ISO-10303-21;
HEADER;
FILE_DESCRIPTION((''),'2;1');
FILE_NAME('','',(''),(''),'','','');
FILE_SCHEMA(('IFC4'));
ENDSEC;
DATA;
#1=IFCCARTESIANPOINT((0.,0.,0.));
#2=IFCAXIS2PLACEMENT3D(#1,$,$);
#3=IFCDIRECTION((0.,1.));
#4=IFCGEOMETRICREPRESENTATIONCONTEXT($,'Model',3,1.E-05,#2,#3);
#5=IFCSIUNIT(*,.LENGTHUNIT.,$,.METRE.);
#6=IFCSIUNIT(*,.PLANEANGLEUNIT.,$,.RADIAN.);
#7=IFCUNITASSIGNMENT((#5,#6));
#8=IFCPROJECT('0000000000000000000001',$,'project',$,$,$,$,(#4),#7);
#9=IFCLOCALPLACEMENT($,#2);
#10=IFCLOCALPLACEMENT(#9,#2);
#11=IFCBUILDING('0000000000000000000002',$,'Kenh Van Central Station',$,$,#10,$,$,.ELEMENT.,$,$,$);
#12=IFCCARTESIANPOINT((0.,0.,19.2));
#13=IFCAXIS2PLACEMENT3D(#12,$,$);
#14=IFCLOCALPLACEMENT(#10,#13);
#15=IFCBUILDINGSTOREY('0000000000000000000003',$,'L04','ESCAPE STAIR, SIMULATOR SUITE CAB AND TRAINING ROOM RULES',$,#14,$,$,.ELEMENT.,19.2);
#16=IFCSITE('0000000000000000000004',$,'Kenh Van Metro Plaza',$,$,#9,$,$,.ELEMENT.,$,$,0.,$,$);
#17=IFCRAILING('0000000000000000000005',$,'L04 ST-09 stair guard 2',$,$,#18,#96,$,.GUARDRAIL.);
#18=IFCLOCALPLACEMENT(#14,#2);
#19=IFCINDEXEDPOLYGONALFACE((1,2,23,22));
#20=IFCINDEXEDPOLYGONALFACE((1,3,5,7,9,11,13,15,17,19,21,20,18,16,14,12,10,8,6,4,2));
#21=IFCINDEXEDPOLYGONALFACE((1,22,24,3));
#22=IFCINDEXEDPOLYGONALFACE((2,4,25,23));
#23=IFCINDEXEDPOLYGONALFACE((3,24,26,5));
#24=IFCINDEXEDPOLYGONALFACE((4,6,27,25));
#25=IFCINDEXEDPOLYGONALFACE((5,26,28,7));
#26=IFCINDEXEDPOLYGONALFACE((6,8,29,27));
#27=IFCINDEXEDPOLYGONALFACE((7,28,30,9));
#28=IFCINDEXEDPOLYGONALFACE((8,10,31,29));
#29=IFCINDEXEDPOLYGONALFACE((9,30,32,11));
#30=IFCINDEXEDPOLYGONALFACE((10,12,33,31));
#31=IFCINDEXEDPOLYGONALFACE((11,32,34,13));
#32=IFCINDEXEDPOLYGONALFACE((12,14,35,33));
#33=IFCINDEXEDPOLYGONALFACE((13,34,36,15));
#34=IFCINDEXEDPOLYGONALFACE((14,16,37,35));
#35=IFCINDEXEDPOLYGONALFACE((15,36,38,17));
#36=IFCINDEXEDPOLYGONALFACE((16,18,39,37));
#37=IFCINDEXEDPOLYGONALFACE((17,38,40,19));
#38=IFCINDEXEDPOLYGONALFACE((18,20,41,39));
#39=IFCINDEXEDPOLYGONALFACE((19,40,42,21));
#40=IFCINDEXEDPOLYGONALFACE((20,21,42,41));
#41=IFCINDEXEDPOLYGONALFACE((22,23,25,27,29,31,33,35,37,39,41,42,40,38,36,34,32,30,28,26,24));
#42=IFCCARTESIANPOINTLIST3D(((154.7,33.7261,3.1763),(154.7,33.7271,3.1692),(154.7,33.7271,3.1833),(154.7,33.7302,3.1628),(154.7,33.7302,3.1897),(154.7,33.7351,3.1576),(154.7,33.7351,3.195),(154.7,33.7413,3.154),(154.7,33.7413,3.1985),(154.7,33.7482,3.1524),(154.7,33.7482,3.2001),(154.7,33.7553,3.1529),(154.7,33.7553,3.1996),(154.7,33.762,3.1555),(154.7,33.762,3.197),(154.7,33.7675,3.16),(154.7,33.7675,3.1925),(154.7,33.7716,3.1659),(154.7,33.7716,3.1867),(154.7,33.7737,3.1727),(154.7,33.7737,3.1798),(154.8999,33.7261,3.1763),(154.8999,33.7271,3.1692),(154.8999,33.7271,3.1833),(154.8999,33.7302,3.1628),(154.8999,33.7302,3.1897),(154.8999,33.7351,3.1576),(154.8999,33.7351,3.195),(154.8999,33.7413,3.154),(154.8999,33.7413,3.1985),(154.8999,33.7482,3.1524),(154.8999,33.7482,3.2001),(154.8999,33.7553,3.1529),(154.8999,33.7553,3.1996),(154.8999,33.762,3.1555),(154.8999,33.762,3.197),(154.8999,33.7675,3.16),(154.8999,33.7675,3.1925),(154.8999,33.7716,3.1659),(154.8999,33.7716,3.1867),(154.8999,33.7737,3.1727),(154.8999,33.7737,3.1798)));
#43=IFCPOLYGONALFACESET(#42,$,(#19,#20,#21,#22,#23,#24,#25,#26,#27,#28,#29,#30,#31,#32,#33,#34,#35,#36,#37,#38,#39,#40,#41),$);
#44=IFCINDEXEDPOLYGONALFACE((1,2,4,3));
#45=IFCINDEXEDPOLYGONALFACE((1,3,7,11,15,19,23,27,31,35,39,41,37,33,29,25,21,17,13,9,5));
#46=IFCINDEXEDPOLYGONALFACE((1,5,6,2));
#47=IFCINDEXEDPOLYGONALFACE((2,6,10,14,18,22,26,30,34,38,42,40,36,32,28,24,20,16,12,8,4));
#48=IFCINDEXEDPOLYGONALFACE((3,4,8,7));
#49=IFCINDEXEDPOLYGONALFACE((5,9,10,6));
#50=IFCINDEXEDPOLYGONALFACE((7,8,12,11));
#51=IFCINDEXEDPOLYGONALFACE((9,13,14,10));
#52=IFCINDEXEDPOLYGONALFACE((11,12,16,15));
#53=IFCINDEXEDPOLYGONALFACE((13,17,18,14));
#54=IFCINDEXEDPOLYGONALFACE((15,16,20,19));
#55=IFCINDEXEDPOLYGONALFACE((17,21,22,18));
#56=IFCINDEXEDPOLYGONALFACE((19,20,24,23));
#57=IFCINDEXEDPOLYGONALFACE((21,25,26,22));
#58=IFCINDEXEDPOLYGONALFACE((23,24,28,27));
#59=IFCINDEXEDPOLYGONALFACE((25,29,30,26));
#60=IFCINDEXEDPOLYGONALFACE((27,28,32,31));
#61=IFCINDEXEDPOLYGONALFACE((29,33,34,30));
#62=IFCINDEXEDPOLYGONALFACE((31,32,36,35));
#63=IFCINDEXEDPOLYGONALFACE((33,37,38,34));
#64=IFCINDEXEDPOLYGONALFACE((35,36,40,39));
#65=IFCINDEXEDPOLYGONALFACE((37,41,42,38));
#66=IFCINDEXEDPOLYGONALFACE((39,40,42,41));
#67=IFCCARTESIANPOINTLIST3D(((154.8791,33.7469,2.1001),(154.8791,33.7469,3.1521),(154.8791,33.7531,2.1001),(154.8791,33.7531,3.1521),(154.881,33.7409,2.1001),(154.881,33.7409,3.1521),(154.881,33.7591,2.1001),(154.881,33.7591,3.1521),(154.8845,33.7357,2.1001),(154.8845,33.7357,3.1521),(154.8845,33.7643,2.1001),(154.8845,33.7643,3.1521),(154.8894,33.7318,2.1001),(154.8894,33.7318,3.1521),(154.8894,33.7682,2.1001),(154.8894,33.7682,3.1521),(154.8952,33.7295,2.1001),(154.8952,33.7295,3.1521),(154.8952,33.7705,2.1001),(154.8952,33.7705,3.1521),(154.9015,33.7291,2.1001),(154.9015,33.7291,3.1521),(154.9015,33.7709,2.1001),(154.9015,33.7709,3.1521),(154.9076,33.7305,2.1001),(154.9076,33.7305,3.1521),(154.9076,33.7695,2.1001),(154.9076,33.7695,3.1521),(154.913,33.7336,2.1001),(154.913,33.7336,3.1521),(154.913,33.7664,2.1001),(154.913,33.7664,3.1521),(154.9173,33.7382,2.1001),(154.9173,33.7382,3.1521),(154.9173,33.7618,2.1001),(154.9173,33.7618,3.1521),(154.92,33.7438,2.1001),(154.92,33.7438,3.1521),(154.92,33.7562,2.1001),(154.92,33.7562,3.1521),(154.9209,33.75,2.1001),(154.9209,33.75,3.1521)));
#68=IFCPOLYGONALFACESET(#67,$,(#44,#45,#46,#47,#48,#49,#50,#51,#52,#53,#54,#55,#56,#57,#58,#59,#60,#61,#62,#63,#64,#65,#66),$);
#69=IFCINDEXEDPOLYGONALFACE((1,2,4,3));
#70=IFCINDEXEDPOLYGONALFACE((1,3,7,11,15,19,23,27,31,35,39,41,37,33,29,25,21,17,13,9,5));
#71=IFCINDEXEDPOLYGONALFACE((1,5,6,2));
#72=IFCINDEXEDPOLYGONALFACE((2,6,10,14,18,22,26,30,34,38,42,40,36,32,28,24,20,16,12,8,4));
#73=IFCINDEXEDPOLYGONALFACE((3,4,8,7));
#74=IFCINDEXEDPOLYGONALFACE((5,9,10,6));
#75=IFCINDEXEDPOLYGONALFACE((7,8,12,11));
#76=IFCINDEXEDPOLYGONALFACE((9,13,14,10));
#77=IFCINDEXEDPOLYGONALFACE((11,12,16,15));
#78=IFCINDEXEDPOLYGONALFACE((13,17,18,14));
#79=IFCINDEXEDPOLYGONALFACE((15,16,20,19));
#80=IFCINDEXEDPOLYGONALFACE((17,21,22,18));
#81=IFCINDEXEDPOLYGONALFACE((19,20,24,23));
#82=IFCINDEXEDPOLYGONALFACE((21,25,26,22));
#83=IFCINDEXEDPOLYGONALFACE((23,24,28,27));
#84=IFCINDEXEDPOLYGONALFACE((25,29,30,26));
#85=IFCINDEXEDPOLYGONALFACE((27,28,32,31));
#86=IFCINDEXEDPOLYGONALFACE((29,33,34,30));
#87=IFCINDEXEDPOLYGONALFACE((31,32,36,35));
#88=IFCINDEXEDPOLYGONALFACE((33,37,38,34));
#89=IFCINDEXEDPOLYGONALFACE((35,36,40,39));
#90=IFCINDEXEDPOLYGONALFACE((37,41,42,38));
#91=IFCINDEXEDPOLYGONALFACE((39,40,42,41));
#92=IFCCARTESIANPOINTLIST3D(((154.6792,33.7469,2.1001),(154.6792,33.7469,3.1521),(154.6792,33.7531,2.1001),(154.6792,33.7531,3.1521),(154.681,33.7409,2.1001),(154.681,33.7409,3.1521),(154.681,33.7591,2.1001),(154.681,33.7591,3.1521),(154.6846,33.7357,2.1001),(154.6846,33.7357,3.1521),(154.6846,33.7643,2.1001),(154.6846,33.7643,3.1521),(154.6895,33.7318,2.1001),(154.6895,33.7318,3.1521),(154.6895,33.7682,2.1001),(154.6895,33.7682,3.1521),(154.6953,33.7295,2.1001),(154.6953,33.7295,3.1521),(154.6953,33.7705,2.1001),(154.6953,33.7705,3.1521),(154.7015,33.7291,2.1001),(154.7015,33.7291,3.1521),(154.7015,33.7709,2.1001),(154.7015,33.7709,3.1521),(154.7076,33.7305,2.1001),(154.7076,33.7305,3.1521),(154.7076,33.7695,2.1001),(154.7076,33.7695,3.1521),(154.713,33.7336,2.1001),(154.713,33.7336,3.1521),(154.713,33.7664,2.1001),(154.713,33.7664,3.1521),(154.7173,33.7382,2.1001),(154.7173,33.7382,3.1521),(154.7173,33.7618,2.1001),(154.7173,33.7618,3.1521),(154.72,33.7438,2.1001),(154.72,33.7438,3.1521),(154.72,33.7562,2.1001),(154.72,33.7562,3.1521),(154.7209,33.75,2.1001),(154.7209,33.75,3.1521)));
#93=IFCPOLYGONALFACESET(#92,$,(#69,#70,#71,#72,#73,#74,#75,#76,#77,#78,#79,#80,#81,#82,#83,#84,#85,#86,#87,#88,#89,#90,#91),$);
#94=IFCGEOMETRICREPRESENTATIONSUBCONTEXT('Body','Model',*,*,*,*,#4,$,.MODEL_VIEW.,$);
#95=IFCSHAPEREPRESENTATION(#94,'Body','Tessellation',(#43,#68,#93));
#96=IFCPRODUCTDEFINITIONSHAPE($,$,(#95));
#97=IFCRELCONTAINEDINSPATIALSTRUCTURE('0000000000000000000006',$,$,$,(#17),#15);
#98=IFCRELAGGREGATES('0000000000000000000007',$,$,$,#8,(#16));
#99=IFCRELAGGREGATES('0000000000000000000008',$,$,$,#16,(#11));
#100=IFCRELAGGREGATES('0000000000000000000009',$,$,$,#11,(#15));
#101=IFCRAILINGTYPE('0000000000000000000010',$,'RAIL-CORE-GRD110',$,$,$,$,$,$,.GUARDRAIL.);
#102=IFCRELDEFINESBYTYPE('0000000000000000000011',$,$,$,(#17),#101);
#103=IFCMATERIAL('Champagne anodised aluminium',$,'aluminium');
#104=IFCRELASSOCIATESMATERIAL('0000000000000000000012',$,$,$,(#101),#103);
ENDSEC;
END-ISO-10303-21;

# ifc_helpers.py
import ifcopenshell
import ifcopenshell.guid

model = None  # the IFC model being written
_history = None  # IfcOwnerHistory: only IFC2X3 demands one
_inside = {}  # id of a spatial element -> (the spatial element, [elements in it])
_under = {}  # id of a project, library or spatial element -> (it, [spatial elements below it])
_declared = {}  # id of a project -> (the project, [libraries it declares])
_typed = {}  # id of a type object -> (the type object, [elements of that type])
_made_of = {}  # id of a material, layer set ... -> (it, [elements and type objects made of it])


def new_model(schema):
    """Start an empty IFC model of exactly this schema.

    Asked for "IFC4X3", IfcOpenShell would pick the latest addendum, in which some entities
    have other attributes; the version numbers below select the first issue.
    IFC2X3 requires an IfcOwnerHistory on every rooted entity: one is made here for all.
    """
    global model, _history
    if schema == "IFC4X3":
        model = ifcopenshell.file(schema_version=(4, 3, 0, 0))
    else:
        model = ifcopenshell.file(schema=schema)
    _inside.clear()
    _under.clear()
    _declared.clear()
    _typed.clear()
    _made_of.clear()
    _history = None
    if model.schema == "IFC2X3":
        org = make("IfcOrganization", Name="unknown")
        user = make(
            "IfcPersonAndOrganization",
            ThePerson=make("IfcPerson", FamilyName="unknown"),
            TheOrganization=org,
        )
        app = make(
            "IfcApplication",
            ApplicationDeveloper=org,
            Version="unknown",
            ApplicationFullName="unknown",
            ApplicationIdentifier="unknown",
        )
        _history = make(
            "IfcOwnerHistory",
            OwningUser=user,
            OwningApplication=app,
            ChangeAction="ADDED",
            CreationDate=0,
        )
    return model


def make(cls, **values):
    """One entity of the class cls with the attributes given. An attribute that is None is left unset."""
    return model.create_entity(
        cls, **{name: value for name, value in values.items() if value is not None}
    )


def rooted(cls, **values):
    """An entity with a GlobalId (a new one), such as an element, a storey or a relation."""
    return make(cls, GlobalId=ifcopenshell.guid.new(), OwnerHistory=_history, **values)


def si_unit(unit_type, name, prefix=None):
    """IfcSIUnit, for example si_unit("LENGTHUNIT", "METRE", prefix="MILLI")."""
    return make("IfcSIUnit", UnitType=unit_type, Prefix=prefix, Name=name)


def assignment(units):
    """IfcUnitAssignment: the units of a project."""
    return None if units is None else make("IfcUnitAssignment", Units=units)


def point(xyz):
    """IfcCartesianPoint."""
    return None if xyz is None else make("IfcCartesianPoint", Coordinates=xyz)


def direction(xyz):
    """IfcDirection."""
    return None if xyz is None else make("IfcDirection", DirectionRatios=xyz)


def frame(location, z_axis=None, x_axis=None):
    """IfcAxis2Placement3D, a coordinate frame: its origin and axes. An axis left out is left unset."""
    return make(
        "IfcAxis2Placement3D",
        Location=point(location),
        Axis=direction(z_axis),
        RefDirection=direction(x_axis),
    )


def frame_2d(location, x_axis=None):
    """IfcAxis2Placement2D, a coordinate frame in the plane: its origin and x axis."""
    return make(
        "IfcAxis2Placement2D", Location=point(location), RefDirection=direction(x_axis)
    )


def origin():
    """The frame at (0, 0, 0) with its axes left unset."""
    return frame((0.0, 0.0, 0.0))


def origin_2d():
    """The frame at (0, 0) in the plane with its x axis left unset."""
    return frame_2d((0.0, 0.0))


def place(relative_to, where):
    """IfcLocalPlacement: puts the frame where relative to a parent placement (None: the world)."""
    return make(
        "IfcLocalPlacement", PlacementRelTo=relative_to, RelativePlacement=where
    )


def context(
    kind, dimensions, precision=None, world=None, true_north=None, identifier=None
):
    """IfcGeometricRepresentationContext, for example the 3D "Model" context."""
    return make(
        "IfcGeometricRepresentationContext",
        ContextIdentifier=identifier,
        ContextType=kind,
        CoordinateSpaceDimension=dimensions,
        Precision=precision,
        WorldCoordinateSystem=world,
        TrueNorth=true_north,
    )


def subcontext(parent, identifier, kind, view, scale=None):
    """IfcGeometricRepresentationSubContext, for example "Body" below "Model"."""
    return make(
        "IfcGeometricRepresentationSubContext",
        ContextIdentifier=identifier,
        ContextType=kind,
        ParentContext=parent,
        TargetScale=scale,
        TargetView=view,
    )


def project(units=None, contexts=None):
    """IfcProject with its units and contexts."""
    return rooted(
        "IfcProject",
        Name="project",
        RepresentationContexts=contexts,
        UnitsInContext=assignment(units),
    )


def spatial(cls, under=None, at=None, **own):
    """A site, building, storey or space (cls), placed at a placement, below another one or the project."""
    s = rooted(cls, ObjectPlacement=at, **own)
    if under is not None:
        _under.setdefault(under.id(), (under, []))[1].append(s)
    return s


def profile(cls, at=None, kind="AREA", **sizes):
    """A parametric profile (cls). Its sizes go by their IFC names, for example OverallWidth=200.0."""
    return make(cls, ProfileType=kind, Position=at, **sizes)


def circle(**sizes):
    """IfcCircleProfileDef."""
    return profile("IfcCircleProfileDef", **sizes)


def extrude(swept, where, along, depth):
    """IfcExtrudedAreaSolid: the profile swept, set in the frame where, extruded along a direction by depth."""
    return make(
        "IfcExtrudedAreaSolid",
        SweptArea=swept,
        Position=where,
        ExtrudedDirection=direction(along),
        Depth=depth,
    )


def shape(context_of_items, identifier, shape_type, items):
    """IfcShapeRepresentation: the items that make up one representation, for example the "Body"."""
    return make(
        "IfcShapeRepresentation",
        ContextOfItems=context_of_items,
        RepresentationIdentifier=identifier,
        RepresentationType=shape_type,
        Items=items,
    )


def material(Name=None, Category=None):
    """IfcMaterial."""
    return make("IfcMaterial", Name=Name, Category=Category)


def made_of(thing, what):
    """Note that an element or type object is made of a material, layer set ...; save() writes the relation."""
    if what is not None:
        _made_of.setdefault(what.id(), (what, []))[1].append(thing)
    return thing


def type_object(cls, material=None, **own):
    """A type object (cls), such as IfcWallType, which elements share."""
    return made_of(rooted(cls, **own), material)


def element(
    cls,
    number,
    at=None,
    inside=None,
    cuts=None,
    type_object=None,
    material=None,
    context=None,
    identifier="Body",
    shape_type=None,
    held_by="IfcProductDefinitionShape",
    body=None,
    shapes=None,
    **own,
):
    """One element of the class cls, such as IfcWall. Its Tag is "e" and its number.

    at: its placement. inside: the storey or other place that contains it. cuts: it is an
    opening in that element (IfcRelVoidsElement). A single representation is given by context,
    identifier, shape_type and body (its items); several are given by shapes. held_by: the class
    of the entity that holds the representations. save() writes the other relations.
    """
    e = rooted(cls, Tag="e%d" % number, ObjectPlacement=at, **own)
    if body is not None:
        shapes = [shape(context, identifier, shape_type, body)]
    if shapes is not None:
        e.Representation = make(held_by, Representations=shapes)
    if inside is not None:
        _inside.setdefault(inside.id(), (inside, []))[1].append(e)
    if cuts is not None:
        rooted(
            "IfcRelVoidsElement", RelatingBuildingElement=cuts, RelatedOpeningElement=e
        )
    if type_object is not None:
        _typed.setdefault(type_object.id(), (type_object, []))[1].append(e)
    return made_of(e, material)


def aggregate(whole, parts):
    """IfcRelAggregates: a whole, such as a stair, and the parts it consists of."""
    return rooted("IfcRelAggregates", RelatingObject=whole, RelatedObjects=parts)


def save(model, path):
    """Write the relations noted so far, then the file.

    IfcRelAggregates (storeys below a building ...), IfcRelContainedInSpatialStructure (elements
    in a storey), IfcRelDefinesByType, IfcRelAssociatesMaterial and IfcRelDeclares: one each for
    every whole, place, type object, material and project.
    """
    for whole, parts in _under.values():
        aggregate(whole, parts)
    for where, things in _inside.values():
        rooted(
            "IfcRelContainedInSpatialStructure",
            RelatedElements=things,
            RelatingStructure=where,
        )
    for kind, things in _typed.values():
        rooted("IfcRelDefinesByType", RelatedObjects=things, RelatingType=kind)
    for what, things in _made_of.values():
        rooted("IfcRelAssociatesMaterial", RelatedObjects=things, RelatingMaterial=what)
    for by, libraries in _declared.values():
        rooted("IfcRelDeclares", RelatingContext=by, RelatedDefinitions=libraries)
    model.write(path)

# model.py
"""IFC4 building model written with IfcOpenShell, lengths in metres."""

from ifc_helpers import new_model, si_unit, direction, frame, origin, origin_2d, place, context, subcontext, project, spatial, circle, extrude, material, type_object, element, save


model = new_model("IFC4")

# Units and contexts
model_context = context("Model", 3, precision=1e-05, world=origin(), true_north=direction((0.0, 1.0)))
body_context = subcontext(model_context, "Body", "Model", "MODEL_VIEW")
ifc_project = project(units=[si_unit("LENGTHUNIT", "METRE"), si_unit("PLANEANGLEUNIT", "RADIAN")], contexts=[model_context])

# Site, building, storey
site_placement = place(None, origin())
site = spatial("IfcSite", under=ifc_project, at=site_placement, Name="Kenh Van Metro Plaza", CompositionType="ELEMENT", RefElevation=0.0)
building_placement = place(site_placement, origin())
building = spatial("IfcBuilding", under=site, at=building_placement, Name="Kenh Van Central Station", CompositionType="ELEMENT")
storey_placement = place(building_placement, frame((0.0, 0.0, 19.2)))
storey = spatial("IfcBuildingStorey", under=building, at=storey_placement, Name="L04", Description="ESCAPE STAIR, SIMULATOR SUITE CAB AND TRAINING ROOM RULES", CompositionType="ELEMENT", Elevation=19.2)

# Shared definitions
ifc_material_1 = material(Name="Champagne anodised aluminium", Category="aluminium")

# Railing
railing_type_1 = type_object("IfcRailingType", Name="RAIL-CORE-GRD110", PredefinedType="GUARDRAIL", material=ifc_material_1)
railing_1_placement = place(storey_placement, frame((154.8999, 33.75, 2.1001)))
element("IfcRailing", 1, at=railing_1_placement, inside=storey, type_object=railing_type_1, Name="L04 ST-09 stair guard 2", PredefinedType="GUARDRAIL", context=body_context, shape_type="SweptSolid", body=[
    extrude(circle(Radius=0.0239, at=origin_2d()), frame((0.0, 0.0, 1.0762), z_axis=(-1.0, 0.0, 0.0), x_axis=(0.0, -1.0, 0.0)), (0.0, 0.0, 1.0), 0.2),
    extrude(circle(Radius=0.021, at=origin_2d()), origin(), (0.0, 0.0, 1.0), 1.052),
    extrude(circle(Radius=0.021, at=origin_2d()), frame((-0.2, 0.0, 0.0)), (0.0, 0.0, 1.0), 1.052),
])

save(model, "model.ifc")
